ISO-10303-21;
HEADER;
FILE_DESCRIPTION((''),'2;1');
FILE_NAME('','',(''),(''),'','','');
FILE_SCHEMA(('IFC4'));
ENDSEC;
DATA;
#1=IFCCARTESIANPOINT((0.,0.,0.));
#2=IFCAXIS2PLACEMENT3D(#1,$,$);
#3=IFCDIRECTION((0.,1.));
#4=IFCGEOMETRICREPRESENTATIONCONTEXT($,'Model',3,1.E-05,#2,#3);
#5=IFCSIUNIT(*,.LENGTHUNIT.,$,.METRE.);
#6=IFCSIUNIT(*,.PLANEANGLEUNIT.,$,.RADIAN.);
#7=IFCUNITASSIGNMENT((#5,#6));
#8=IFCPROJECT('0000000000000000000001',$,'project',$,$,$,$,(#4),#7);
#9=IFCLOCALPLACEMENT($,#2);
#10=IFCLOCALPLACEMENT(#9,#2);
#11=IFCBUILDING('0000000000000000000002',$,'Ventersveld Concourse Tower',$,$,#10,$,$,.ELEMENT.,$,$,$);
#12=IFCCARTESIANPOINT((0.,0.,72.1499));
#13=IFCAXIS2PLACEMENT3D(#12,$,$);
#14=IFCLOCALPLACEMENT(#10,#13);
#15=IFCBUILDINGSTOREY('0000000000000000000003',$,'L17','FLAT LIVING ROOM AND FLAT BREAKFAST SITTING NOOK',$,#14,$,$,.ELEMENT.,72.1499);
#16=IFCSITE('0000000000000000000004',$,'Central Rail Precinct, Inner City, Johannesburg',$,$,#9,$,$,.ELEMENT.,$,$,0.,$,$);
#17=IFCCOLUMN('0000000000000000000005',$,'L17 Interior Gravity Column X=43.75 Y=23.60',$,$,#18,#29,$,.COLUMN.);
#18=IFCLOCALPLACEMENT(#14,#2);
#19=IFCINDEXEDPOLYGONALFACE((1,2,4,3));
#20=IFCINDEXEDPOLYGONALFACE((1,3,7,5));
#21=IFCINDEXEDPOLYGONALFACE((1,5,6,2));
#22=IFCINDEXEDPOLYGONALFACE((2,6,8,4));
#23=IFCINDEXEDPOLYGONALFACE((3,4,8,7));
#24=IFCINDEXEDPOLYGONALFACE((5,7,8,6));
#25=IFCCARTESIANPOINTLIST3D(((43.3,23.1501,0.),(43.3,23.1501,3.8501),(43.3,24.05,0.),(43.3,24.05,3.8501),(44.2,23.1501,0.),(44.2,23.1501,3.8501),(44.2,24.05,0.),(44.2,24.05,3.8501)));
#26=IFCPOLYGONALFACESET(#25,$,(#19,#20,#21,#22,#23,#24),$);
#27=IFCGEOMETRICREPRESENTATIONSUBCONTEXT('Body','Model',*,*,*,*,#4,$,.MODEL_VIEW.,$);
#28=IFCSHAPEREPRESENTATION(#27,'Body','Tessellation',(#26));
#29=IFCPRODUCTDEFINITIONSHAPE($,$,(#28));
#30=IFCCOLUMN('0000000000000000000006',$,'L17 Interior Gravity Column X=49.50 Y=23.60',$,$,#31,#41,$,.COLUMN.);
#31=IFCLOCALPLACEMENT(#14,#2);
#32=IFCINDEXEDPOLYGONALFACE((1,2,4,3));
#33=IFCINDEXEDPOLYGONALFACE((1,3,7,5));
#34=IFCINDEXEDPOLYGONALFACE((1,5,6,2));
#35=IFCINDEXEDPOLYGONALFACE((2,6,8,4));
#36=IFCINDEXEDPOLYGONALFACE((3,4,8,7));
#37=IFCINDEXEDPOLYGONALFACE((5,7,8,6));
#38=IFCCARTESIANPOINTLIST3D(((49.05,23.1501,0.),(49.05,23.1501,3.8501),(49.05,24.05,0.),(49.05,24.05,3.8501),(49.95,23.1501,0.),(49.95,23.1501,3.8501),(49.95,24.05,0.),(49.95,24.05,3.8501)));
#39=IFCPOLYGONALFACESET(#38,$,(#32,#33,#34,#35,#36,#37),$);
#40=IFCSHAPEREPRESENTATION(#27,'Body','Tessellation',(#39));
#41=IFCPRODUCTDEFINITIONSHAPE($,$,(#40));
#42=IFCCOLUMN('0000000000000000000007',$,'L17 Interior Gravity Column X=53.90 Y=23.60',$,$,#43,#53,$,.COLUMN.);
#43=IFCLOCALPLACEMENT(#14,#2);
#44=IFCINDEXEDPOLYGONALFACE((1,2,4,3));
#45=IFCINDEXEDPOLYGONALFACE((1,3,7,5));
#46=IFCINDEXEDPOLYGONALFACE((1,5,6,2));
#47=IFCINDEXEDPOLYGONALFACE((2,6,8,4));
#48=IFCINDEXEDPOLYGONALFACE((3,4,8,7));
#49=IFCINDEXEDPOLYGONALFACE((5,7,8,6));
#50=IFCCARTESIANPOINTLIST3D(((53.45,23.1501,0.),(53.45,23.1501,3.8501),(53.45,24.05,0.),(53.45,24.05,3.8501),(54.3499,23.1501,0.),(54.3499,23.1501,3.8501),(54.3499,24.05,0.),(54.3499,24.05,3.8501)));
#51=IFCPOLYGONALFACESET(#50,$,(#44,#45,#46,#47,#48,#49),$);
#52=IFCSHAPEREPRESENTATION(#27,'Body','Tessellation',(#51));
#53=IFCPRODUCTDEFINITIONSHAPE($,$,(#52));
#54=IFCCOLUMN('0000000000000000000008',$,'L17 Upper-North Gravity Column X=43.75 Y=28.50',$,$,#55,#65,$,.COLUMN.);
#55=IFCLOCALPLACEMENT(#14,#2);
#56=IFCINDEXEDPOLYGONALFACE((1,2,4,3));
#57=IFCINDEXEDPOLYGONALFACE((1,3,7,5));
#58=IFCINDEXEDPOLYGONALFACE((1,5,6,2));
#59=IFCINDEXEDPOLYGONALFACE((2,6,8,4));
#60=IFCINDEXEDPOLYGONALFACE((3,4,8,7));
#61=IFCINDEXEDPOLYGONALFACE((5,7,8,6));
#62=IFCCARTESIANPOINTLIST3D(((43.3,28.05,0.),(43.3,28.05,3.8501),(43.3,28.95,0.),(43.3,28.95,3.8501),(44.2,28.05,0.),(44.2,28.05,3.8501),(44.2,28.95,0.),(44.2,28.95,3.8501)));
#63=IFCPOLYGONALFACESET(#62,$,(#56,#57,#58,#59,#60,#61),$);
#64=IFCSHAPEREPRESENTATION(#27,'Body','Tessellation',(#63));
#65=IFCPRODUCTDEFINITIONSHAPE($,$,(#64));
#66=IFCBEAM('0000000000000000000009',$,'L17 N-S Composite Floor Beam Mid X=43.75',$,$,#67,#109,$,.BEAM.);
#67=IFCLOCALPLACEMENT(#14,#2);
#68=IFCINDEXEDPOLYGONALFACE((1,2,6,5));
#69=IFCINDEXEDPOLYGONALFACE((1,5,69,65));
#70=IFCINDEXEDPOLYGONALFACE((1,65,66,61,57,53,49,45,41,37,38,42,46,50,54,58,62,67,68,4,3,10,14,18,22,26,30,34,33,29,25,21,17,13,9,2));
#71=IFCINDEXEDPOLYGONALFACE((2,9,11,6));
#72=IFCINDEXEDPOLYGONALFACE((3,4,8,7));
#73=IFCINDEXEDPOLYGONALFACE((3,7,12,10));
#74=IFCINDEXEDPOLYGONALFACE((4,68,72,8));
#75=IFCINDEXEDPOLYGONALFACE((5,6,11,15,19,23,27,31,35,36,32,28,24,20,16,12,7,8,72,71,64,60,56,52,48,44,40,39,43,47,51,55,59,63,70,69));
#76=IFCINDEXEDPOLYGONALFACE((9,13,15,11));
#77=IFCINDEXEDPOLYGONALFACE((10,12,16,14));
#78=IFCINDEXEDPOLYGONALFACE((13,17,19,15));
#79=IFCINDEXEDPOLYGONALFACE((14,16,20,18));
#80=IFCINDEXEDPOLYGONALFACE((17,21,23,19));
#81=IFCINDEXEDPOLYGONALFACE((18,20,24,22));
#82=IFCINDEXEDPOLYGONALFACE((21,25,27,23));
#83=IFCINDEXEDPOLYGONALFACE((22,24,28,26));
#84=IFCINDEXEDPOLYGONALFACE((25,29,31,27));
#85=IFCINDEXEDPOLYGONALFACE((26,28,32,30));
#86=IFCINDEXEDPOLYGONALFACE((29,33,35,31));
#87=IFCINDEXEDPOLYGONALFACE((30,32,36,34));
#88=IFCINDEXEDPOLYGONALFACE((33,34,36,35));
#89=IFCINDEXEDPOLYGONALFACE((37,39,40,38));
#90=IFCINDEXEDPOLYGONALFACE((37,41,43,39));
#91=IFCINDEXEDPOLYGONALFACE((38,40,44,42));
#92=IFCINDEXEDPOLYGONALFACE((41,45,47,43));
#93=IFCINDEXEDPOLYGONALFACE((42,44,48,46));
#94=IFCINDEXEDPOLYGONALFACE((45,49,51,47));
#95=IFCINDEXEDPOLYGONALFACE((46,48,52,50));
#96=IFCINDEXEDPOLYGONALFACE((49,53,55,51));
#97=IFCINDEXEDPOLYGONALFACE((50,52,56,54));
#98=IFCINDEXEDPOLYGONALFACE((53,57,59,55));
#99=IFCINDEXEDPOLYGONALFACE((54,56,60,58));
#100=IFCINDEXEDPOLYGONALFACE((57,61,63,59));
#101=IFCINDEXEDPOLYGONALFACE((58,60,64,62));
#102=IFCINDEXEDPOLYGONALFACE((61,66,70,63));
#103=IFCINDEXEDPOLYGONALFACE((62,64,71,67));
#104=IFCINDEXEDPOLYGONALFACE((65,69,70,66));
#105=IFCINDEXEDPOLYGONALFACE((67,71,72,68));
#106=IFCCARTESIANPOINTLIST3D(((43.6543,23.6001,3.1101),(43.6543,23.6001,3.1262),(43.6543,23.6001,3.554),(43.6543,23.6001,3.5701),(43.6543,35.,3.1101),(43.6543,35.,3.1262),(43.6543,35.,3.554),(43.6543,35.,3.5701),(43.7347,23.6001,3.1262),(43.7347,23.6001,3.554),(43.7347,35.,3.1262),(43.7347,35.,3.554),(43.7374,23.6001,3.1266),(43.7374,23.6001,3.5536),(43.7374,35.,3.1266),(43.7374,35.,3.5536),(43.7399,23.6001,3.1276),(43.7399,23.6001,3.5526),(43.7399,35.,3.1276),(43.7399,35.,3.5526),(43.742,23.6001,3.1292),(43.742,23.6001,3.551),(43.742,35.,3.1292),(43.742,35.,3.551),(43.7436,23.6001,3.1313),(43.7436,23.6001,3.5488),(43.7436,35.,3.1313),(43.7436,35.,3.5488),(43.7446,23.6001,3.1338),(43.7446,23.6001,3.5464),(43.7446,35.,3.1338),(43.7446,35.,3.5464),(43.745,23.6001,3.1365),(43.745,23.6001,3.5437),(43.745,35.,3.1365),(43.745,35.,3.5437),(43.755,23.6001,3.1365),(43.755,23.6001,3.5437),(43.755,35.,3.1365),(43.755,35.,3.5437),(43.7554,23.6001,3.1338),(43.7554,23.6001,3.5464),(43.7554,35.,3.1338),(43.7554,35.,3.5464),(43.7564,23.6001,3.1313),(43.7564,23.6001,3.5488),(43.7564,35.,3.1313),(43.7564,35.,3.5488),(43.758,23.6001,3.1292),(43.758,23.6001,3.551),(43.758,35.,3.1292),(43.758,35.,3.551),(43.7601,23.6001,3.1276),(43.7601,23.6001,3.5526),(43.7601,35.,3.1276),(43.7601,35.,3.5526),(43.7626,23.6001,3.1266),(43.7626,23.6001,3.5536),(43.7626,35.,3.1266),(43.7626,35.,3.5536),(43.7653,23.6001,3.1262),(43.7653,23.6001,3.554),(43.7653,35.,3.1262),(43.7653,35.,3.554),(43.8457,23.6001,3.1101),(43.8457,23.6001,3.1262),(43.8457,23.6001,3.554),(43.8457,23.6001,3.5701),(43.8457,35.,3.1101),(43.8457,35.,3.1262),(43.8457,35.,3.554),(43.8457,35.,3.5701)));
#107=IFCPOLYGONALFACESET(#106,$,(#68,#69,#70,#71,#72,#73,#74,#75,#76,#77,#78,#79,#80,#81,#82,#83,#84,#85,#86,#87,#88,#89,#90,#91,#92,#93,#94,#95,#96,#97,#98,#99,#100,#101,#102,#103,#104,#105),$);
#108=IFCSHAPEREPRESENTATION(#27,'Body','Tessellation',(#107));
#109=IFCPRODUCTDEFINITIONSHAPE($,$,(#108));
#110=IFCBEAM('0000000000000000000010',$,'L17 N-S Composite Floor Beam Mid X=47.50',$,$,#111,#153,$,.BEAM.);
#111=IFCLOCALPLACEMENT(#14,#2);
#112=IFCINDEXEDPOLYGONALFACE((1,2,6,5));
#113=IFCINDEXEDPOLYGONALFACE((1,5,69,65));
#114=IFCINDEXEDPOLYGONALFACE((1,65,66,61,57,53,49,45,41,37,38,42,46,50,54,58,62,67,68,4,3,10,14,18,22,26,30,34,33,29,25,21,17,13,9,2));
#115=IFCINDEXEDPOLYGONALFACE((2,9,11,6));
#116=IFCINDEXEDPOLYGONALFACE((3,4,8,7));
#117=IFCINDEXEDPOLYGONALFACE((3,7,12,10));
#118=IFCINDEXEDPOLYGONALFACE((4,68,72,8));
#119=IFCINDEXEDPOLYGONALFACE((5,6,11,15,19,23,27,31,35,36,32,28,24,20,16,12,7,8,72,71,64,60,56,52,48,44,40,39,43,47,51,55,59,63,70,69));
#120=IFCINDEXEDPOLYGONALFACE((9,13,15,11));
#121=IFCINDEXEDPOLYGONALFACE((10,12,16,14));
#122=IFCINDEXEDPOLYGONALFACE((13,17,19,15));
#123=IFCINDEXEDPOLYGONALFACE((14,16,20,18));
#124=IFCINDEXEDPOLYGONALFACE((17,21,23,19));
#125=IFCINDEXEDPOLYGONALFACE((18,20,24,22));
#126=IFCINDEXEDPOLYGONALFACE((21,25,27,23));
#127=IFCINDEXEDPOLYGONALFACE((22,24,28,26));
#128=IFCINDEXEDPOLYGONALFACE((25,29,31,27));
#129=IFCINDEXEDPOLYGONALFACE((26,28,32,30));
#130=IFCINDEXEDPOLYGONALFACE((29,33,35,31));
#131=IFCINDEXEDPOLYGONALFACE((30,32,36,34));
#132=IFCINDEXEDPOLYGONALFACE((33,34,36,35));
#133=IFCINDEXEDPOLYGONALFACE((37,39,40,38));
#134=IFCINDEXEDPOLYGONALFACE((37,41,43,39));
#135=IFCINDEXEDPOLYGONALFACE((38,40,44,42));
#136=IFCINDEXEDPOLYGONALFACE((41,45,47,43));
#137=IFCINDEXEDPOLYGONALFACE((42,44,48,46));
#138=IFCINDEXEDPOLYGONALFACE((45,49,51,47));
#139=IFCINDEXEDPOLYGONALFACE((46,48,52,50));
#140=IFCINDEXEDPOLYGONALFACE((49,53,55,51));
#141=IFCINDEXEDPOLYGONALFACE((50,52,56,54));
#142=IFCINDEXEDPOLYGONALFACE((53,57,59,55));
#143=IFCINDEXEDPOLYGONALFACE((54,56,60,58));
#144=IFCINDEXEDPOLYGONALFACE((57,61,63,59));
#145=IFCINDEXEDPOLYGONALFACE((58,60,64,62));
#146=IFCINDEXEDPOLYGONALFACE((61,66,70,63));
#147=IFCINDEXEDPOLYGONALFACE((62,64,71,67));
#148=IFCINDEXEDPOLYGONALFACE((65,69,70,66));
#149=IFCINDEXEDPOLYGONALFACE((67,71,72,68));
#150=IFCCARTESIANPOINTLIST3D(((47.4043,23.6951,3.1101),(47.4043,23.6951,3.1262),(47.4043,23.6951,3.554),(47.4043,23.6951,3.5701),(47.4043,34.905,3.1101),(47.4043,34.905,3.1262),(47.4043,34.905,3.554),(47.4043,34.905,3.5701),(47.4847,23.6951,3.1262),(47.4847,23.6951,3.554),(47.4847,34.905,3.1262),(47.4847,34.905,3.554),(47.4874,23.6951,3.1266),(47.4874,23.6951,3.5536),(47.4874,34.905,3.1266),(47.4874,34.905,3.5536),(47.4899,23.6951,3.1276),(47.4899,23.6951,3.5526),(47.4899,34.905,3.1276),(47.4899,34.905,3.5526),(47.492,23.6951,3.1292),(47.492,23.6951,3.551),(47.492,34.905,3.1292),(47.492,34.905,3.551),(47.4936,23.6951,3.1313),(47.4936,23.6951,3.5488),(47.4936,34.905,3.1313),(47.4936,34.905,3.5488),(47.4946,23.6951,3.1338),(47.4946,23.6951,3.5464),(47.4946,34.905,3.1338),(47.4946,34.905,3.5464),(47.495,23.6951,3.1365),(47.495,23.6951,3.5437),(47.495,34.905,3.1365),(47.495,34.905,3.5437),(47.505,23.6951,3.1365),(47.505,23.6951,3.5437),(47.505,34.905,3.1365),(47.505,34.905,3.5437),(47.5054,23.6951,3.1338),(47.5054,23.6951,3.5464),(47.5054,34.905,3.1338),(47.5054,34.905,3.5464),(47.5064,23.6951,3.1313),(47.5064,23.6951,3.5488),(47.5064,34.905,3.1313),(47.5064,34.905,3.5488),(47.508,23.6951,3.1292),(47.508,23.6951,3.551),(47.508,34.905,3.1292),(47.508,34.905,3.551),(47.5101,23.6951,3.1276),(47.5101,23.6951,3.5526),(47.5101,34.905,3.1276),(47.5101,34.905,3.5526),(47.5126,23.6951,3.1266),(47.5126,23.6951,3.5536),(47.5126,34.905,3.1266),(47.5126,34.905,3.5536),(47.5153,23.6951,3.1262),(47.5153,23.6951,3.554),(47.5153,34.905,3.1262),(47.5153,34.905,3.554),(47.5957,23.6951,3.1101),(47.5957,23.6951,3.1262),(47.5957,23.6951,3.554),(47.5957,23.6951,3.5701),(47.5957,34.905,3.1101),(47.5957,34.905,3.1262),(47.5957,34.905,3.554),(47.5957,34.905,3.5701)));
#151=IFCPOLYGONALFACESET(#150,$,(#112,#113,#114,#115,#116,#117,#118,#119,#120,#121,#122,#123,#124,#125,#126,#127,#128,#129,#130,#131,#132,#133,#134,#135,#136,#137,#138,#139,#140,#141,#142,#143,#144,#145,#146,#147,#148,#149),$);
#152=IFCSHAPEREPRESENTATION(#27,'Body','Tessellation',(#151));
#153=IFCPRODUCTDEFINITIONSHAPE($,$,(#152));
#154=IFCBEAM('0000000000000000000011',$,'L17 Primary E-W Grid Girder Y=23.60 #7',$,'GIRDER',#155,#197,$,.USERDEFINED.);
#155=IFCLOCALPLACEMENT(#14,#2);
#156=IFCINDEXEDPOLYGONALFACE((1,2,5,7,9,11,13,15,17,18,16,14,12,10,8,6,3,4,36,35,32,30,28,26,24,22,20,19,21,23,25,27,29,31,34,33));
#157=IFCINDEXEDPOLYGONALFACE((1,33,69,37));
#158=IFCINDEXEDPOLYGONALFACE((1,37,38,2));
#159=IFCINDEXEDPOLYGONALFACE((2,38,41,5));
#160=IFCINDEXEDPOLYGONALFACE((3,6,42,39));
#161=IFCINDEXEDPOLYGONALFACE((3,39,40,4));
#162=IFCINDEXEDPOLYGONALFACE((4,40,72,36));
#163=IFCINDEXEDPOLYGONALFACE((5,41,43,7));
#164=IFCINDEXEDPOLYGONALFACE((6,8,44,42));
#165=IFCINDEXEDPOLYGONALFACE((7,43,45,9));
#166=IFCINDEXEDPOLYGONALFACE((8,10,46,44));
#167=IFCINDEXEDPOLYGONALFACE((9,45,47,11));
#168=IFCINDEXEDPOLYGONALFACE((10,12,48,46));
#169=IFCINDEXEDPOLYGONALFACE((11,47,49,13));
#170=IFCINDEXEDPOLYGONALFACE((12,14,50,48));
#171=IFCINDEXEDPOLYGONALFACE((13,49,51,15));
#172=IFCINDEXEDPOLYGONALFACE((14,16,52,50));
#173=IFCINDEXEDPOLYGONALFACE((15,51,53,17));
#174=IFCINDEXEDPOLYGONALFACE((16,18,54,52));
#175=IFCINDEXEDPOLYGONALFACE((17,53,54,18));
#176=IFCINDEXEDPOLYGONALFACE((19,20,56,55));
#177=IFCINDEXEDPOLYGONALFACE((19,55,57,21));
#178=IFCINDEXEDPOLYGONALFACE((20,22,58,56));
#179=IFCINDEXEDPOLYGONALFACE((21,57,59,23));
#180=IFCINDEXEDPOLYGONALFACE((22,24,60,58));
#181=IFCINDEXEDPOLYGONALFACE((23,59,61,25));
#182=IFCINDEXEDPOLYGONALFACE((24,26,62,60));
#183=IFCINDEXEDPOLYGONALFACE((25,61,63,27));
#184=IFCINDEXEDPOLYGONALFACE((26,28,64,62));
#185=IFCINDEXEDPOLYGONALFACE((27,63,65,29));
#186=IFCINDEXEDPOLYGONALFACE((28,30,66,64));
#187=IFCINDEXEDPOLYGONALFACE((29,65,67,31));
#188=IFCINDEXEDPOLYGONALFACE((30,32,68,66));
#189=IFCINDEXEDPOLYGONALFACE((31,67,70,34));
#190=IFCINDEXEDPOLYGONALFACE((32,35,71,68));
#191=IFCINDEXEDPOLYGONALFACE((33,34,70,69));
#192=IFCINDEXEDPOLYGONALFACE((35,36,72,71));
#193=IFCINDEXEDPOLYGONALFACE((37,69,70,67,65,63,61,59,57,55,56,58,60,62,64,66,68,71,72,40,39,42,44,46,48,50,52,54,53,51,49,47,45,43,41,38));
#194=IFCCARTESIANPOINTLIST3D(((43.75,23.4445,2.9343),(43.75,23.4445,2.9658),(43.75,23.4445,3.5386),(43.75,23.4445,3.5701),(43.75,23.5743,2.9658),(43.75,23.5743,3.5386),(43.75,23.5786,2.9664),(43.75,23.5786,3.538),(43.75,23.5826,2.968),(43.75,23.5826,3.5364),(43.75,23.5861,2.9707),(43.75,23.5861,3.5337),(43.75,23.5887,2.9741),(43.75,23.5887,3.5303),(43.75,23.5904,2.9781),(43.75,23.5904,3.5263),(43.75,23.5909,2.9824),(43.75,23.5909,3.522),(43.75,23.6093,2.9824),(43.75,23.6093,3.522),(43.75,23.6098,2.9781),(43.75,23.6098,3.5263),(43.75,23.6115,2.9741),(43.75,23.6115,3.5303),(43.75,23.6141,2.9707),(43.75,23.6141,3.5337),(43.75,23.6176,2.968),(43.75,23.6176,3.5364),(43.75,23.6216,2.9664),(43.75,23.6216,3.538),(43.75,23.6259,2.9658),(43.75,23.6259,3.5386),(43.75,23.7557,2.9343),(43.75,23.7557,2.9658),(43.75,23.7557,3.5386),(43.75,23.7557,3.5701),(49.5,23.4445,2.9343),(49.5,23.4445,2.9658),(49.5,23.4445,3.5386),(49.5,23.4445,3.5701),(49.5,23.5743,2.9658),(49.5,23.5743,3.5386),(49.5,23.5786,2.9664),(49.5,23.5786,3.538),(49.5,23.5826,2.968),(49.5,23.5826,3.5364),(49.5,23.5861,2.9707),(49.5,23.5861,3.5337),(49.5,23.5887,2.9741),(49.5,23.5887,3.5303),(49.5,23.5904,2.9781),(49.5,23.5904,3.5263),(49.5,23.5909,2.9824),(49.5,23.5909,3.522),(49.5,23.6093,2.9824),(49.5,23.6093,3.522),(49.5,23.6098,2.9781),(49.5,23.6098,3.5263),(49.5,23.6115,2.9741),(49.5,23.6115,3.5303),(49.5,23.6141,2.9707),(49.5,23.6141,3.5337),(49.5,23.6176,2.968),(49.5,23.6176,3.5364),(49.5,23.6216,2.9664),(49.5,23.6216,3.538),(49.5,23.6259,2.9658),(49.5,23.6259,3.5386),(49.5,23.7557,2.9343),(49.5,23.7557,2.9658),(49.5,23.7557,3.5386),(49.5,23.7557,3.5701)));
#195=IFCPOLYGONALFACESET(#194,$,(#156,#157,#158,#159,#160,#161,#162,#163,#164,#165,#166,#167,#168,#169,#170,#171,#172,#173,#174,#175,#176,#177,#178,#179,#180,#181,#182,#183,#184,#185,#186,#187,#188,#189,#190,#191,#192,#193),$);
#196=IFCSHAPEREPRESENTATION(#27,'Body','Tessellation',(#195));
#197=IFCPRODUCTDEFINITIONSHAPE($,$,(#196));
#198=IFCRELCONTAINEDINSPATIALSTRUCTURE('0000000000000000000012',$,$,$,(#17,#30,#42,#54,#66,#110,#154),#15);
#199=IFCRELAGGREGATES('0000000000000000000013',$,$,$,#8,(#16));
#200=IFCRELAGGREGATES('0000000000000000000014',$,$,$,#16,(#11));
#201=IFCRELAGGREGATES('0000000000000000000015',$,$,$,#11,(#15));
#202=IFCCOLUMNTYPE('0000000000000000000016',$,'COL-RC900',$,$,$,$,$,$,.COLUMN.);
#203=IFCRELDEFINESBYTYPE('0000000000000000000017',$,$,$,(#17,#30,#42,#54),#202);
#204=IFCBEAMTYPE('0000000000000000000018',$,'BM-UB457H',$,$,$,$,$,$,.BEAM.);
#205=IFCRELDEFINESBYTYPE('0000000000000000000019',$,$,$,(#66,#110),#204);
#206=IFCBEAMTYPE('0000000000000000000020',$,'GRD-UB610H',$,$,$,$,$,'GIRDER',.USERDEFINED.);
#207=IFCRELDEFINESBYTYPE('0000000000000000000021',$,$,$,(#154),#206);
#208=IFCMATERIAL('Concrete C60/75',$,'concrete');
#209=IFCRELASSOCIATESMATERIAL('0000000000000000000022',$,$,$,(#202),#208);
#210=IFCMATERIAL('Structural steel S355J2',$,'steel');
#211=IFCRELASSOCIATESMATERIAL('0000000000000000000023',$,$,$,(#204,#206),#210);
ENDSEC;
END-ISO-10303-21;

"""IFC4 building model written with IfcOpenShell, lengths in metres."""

from ifc_helpers import new_model, si_unit, direction, frame, origin, origin_2d, place, context, subcontext, project, spatial, rectangle, i_section, extrude, material, material_profile, profile_set, type_object, element, save


model = new_model("IFC4")

# Units and contexts
model_context = context("Model", 3, precision=1e-05, world=origin(), true_north=direction((0.0, 1.0)))
body_context = subcontext(model_context, "Body", "Model", "MODEL_VIEW")
ifc_project = project(units=[si_unit("LENGTHUNIT", "METRE"), si_unit("PLANEANGLEUNIT", "RADIAN")], contexts=[model_context])

# Site, building, storey
site_placement = place(None, origin())
site = spatial("IfcSite", under=ifc_project, at=site_placement, Name="Central Rail Precinct, Inner City, Johannesburg", CompositionType="ELEMENT", RefElevation=0.0)
building_placement = place(site_placement, origin())
building = spatial("IfcBuilding", under=site, at=building_placement, Name="Ventersveld Concourse Tower", CompositionType="ELEMENT")
storey_placement = place(building_placement, frame((0.0, 0.0, 72.1499)))
storey = spatial("IfcBuildingStorey", under=building, at=storey_placement, Name="L17", Description="FLAT LIVING ROOM AND FLAT BREAKFAST SITTING NOOK", CompositionType="ELEMENT", Elevation=72.1499)

# Columns
ifc_material_1 = material(Name="Concrete C60/75", Category="concrete")
ifc_material_profile_1 = material_profile(ifc_material_1, rectangle(XDim=0.8999, YDim=0.8999, at=origin_2d()), Name="RC 900x900")
ifc_profile_set_1 = profile_set([ifc_material_profile_1], Name="Concrete C60/75")
column_type = type_object("IfcColumnType", Name="COL-RC900", PredefinedType="COLUMN", material=ifc_profile_set_1)
for number, where, z_axis, x_axis, name in (
    (1, (43.75, 23.6001, 0.0), (0.0, 0.0, 1.0), (1.0, 0.0, 0.0), "L17 Interior Gravity Column X=43.75 Y=23.60"),
    (2, (49.5, 23.6001, 0.0), (0.0, 0.0, 1.0), (1.0, 0.0, 0.0), "L17 Interior Gravity Column X=49.50 Y=23.60"),
    (3, (53.8999, 23.6001, 0.0), (0.0, 0.0, 1.0), (1.0, 0.0, 0.0), "L17 Interior Gravity Column X=53.90 Y=23.60"),
    (4, (43.75, 28.5, 0.0), (0.0, 0.0, 1.0), (1.0, 0.0, 0.0), "L17 Upper-North Gravity Column X=43.75 Y=28.50"),
):
    element("IfcColumn", number, at=place(storey_placement, frame(where, z_axis=z_axis, x_axis=x_axis)), inside=storey, type_object=column_type, Name=name, PredefinedType="COLUMN", context=body_context, shape_type="SweptSolid", body=[
        extrude(rectangle(XDim=0.8999, YDim=0.8999, at=origin_2d()), origin(), (0.0, 0.0, 1.0), 3.8501),
    ])

# Beams
ifc_material_2 = material(Name="Structural steel S355J2", Category="steel")
ifc_material_profile_2 = material_profile(ifc_material_2, i_section(OverallWidth=0.1914, OverallDepth=0.46, WebThickness=0.01, FlangeThickness=0.0161, FilletRadius=0.0103, at=origin_2d()), Name="UB 457x191x82")
ifc_profile_set_2 = profile_set([ifc_material_profile_2], Name="Structural steel S355J2")
beam_type_1 = type_object("IfcBeamType", Name="BM-UB457H", PredefinedType="BEAM", material=ifc_profile_set_2)
beam_1_placement = place(storey_placement, frame((43.75, 23.6001, 3.3401), z_axis=(0.0, 1.0, 0.0), x_axis=(-1.0, 0.0, 0.0)))
element("IfcBeam", 5, at=beam_1_placement, inside=storey, type_object=beam_type_1, Name="L17 N-S Composite Floor Beam Mid X=43.75", PredefinedType="BEAM", context=body_context, shape_type="SweptSolid", body=[
    extrude(i_section(OverallWidth=0.1914, OverallDepth=0.46, WebThickness=0.01, FlangeThickness=0.0161, FilletRadius=0.0103, at=origin_2d()), origin(), (0.0, 0.0, 1.0), 11.3999),
])
beam_2_placement = place(storey_placement, frame((47.5, 23.6951, 3.3401), z_axis=(0.0, 1.0, 0.0), x_axis=(-1.0, 0.0, 0.0)))
element("IfcBeam", 6, at=beam_2_placement, inside=storey, type_object=beam_type_1, Name="L17 N-S Composite Floor Beam Mid X=47.50", PredefinedType="BEAM", context=body_context, shape_type="SweptSolid", body=[
    extrude(i_section(OverallWidth=0.1914, OverallDepth=0.46, WebThickness=0.01, FlangeThickness=0.0161, FilletRadius=0.0103, at=origin_2d()), origin(), (0.0, 0.0, 1.0), 11.21),
])
ifc_material_profile_3 = material_profile(ifc_material_2, i_section(OverallWidth=0.3113, OverallDepth=0.6357, WebThickness=0.0183, FlangeThickness=0.0315, FilletRadius=0.0166, at=origin_2d()), Name="UB 610x305x238")
ifc_profile_set_3 = profile_set([ifc_material_profile_3], Name="Structural steel S355J2")
beam_type_2 = type_object("IfcBeamType", Name="GRD-UB610H", ElementType="GIRDER", PredefinedType="USERDEFINED", material=ifc_profile_set_3)
beam_3_placement = place(storey_placement, frame((43.75, 23.6001, 3.2522), z_axis=(1.0, 0.0, 0.0), x_axis=(0.0, 1.0, 0.0)))
element("IfcBeam", 7, at=beam_3_placement, inside=storey, type_object=beam_type_2, Name="L17 Primary E-W Grid Girder Y=23.60 #7", ObjectType="GIRDER", PredefinedType="USERDEFINED", context=body_context, shape_type="SweptSolid", body=[
    extrude(i_section(OverallWidth=0.3113, OverallDepth=0.6357, WebThickness=0.0183, FlangeThickness=0.0315, FilletRadius=0.0166, at=origin_2d()), origin(), (0.0, 0.0, 1.0), 5.75),
])

save(model, "model.ifc")
